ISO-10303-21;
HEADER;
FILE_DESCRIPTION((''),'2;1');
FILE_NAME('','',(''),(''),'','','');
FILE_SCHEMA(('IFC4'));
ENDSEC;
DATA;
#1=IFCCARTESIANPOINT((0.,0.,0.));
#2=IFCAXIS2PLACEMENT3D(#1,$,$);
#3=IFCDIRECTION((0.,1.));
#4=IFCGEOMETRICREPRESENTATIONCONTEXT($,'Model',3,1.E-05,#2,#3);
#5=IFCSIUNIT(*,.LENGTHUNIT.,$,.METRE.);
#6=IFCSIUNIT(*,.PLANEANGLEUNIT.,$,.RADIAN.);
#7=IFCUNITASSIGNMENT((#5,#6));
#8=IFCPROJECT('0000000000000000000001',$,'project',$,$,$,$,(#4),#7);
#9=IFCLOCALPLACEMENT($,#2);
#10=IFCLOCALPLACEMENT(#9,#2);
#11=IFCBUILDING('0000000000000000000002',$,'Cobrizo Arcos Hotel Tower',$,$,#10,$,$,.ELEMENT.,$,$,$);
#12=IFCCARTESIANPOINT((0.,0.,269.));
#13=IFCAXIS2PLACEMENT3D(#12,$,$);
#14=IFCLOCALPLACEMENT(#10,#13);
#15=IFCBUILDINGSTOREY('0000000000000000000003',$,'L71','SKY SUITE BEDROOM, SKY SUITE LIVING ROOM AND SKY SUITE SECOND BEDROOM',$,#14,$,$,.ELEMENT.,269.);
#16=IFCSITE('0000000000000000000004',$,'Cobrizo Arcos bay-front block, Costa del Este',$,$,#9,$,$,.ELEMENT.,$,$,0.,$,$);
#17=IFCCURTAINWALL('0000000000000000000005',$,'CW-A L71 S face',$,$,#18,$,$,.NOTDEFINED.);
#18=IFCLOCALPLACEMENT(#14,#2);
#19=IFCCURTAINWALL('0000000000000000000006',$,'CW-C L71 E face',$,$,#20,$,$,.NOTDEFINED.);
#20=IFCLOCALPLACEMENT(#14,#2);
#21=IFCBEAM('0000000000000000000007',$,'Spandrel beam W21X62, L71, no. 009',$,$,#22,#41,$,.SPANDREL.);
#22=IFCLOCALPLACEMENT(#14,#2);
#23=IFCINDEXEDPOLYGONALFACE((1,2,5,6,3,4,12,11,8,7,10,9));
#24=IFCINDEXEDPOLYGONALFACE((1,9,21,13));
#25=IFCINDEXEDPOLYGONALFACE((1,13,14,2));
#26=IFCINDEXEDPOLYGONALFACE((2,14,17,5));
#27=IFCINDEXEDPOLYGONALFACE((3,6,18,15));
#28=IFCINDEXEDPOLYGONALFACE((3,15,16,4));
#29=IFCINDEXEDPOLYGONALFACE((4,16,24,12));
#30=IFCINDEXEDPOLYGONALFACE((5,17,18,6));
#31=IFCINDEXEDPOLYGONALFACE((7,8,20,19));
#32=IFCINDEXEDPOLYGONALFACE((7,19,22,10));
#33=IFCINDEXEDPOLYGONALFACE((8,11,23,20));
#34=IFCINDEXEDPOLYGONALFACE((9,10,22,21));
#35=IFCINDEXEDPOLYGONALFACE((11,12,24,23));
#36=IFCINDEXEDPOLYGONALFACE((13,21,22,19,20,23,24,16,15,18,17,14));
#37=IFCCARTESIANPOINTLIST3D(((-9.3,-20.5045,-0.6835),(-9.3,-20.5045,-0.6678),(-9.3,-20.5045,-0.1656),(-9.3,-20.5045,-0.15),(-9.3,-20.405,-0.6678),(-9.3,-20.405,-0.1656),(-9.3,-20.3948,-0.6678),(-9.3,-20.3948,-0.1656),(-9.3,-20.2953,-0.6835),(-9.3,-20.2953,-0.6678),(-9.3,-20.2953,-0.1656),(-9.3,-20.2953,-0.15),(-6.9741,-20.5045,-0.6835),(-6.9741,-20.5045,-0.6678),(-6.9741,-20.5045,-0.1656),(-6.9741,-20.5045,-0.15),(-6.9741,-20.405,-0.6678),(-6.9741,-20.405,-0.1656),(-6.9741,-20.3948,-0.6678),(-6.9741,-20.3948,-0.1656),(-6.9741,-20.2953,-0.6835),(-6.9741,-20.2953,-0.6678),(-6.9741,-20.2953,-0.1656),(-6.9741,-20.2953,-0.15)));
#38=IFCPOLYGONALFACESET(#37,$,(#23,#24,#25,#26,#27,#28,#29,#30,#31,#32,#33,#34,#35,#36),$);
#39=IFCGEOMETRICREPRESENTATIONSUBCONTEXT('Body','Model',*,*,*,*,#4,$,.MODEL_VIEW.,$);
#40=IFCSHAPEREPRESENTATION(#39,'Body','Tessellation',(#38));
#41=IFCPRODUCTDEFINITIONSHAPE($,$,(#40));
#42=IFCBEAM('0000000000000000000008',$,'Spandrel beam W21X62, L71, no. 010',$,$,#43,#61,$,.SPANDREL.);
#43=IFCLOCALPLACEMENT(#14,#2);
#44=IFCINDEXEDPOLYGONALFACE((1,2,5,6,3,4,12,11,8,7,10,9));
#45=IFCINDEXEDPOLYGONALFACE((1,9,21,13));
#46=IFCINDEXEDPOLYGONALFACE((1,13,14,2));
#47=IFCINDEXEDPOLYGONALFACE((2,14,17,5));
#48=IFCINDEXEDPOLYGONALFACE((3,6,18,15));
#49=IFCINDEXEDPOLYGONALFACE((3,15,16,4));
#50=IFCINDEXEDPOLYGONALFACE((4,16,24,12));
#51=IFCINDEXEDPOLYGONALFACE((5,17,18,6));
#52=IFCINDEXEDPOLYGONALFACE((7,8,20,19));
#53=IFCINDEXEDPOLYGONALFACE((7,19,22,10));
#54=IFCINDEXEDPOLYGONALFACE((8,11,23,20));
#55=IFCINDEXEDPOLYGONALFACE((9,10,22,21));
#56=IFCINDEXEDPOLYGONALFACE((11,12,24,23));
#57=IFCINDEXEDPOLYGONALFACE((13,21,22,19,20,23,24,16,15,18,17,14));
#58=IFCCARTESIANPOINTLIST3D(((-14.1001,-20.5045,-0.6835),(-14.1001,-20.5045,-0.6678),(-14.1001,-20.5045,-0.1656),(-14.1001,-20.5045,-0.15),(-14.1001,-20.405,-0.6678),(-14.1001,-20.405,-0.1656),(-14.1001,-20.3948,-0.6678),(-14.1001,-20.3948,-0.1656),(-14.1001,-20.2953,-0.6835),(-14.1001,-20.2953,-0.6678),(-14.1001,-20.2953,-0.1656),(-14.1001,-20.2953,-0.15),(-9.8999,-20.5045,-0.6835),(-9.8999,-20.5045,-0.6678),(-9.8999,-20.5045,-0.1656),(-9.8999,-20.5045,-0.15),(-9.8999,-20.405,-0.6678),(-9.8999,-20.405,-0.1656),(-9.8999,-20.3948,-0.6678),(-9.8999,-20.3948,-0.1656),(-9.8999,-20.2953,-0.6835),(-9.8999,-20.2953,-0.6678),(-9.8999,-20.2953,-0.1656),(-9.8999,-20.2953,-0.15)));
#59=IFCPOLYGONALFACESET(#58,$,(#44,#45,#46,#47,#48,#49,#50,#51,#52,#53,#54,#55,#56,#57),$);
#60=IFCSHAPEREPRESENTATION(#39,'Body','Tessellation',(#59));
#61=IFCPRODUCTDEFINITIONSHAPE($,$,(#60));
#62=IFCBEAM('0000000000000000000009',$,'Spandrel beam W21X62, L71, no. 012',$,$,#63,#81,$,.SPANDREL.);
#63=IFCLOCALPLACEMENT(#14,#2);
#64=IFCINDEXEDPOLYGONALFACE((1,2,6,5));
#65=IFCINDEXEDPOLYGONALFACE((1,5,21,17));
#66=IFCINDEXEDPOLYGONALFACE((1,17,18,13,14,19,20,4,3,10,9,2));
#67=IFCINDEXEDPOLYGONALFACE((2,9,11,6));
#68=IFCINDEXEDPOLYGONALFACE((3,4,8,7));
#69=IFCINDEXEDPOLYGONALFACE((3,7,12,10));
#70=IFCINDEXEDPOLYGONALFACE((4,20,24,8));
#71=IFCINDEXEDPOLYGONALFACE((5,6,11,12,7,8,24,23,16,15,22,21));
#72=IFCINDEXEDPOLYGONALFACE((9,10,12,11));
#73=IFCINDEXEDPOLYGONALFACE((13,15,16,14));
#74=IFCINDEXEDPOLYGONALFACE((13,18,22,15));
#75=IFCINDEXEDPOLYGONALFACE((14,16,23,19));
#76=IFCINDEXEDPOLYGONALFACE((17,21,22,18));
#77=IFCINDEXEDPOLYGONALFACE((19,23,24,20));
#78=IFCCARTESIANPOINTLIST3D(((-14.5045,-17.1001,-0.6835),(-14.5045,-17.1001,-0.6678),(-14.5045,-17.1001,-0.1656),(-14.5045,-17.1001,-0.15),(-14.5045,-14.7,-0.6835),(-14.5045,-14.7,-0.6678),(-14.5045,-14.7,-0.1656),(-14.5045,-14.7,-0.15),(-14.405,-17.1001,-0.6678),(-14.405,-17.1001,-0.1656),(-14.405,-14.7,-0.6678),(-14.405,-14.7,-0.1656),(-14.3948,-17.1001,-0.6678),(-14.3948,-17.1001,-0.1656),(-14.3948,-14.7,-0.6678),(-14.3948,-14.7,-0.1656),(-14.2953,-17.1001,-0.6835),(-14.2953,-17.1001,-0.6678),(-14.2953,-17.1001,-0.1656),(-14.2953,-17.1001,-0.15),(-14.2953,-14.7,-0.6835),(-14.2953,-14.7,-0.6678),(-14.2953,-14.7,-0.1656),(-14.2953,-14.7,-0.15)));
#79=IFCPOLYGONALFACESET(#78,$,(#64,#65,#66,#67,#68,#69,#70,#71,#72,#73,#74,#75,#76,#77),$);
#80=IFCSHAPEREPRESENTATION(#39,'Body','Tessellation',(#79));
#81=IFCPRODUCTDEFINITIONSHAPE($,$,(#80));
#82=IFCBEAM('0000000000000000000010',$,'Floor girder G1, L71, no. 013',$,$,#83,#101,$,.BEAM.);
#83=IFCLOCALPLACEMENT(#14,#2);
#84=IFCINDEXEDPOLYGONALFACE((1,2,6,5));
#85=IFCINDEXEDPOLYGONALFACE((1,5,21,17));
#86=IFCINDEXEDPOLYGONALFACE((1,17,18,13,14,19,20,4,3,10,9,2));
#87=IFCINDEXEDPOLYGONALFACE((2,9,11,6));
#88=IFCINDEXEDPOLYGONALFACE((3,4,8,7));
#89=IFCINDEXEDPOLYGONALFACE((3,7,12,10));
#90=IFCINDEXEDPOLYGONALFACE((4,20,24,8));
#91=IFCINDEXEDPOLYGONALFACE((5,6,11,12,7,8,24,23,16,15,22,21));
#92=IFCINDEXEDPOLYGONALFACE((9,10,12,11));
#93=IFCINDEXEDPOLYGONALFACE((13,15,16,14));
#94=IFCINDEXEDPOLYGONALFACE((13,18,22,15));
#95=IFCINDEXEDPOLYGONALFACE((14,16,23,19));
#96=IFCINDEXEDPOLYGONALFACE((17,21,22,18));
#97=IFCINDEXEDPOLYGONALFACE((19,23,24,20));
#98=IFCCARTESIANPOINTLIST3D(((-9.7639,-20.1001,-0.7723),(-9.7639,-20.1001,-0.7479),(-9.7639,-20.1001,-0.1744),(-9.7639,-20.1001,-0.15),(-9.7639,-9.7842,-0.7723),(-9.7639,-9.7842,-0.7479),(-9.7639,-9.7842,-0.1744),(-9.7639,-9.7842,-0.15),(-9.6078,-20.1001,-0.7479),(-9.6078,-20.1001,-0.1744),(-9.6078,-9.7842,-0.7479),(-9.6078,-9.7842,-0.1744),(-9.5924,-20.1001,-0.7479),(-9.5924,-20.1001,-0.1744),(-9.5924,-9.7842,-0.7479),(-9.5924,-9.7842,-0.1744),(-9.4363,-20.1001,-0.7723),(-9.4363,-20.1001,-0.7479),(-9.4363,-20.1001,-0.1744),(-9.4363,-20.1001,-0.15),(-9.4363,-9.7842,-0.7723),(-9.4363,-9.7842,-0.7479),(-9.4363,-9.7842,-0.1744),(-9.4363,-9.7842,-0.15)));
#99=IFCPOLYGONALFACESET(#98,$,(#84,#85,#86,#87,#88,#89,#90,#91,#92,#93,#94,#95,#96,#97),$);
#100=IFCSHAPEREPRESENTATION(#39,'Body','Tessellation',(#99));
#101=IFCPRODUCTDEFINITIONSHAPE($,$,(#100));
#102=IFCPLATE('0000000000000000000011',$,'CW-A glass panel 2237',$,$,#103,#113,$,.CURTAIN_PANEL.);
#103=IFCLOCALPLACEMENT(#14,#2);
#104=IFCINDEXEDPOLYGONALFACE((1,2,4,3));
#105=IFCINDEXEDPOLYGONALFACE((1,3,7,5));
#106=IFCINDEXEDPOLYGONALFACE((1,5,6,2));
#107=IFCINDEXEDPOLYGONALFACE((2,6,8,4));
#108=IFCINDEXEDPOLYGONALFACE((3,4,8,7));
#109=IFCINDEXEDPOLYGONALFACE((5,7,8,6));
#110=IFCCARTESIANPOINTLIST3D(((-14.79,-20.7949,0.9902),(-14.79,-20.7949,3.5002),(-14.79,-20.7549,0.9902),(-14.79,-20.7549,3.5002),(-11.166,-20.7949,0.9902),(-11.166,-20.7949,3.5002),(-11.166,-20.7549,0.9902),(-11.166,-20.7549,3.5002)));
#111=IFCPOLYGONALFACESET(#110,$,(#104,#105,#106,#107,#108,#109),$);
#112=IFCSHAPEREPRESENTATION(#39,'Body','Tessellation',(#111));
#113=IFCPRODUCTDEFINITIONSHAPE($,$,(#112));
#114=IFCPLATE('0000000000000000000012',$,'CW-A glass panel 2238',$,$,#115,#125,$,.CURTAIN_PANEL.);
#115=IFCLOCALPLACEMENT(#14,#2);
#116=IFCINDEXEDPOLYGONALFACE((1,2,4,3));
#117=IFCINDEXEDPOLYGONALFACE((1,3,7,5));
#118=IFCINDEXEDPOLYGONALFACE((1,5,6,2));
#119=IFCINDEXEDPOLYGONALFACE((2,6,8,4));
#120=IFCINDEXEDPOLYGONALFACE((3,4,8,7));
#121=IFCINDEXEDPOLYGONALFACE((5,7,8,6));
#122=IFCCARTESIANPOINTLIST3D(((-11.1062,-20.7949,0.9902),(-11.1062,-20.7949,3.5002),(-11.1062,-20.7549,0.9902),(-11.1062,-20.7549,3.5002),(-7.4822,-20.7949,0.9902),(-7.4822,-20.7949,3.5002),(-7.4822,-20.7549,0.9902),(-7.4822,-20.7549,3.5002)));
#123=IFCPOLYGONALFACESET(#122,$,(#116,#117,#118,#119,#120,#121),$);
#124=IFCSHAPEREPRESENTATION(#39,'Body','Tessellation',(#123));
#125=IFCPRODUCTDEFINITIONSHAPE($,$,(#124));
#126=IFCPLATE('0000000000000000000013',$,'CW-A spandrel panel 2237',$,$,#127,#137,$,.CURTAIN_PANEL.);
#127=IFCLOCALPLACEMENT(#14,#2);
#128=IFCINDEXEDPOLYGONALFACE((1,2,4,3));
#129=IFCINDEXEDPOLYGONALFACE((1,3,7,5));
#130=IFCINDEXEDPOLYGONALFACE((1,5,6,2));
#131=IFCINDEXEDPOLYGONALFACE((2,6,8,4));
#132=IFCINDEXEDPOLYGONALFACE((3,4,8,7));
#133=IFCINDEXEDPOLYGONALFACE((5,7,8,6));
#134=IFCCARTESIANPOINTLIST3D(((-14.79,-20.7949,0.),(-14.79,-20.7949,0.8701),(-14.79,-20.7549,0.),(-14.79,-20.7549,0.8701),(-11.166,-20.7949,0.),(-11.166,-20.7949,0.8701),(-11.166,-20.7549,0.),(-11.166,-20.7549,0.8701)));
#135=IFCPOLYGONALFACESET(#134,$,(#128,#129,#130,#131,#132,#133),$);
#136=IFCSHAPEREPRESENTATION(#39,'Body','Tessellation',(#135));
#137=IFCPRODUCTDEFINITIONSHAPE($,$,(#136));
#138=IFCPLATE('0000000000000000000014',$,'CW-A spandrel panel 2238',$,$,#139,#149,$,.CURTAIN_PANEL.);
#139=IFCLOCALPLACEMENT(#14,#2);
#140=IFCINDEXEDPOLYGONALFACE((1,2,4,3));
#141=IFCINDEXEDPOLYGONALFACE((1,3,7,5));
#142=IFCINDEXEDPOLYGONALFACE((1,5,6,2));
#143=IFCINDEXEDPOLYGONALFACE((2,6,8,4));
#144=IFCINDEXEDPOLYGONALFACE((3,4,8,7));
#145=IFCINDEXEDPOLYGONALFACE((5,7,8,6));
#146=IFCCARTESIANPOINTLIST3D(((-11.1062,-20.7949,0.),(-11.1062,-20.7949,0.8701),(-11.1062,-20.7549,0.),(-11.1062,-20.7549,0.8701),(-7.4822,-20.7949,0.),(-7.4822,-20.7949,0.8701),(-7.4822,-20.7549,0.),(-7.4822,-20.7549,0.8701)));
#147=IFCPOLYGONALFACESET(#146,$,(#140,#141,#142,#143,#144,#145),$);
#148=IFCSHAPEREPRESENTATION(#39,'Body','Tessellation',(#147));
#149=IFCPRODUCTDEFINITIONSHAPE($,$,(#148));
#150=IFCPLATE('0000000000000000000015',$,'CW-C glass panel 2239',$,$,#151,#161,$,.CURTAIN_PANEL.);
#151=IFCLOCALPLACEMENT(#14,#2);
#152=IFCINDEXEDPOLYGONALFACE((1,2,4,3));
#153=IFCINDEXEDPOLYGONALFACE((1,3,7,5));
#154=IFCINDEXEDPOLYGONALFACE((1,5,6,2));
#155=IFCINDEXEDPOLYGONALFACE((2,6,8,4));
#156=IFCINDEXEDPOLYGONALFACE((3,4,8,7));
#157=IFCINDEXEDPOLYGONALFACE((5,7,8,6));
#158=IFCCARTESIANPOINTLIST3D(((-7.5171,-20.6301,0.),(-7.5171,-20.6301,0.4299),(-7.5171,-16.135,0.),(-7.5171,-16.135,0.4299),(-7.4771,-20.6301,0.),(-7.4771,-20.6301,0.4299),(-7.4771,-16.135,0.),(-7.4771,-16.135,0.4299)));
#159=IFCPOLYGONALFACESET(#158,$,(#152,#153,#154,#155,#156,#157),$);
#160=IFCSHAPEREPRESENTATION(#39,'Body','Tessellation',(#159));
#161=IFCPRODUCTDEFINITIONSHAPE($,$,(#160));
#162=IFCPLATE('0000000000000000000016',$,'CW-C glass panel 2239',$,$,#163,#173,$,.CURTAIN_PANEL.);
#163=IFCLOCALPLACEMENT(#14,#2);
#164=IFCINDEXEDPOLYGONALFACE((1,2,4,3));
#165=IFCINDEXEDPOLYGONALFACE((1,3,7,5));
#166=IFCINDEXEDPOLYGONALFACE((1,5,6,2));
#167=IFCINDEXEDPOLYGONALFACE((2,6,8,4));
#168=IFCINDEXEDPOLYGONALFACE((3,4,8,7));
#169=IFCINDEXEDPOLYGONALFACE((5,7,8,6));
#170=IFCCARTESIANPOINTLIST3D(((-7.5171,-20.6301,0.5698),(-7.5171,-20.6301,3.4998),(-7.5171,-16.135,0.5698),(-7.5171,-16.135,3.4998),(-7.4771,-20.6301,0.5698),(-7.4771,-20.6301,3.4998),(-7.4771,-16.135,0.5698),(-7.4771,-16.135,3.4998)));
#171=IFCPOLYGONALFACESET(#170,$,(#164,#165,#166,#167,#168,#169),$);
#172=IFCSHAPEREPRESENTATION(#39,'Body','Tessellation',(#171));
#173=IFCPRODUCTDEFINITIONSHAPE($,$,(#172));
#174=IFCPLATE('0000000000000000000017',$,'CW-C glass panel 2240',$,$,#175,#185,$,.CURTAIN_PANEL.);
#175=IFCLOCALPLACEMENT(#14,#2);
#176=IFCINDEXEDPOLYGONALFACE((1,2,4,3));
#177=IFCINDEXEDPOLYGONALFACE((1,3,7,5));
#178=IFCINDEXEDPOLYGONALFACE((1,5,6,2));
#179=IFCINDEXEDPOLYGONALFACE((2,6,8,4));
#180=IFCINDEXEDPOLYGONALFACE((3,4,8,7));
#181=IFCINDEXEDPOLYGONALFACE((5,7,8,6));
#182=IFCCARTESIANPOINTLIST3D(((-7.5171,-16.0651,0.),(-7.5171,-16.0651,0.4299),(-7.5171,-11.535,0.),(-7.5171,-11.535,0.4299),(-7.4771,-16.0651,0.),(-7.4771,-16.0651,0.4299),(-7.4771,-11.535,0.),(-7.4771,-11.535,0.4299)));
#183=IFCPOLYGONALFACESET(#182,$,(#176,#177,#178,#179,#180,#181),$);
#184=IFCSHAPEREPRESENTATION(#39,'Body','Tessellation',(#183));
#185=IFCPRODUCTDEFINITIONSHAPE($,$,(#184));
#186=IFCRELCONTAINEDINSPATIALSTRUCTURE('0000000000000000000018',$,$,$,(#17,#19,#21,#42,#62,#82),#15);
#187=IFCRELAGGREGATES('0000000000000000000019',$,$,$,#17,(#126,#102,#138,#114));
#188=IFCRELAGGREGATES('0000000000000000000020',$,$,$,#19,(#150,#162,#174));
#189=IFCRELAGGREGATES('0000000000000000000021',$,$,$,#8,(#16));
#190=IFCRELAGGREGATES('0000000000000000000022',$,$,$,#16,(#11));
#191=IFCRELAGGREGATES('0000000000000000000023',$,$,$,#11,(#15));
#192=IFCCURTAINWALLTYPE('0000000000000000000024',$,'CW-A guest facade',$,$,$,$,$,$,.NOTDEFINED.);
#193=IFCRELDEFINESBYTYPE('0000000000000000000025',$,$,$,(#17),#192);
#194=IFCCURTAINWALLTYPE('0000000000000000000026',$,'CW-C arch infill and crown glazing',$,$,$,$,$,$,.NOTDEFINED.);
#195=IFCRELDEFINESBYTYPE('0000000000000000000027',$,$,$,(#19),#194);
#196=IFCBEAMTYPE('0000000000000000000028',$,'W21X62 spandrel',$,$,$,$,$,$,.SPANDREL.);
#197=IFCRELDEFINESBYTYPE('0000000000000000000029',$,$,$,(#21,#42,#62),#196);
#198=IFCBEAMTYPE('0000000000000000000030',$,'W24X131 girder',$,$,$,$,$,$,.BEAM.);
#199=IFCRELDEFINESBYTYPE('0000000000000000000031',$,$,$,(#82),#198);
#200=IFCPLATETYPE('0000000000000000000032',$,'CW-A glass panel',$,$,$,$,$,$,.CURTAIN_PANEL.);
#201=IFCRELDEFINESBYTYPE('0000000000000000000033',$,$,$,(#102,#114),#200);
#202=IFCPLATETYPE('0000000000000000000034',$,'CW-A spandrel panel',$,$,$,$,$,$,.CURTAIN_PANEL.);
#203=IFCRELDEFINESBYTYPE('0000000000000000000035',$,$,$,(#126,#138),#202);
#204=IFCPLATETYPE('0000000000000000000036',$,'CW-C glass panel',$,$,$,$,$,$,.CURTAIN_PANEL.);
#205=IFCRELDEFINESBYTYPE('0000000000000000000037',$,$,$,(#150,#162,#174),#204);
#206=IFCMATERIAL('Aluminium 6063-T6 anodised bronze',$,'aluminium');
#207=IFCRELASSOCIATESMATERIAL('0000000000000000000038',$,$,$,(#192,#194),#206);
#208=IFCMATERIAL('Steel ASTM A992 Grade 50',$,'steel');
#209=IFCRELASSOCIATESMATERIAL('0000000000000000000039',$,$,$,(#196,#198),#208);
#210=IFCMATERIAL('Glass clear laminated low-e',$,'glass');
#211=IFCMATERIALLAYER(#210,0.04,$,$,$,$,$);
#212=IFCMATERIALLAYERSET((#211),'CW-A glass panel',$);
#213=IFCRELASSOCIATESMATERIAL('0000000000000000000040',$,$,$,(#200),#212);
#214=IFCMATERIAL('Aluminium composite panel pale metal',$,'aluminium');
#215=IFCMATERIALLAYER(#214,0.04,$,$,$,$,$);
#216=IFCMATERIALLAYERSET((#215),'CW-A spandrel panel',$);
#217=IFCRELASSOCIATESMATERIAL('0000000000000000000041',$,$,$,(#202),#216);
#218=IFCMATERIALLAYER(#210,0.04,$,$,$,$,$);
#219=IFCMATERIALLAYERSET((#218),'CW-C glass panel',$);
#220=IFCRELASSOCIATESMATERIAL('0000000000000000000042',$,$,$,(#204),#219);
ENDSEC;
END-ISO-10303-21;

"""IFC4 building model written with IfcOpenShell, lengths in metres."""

from ifc_helpers import new_model, si_unit, direction, frame, origin, origin_2d, place, context, subcontext, project, spatial, rectangle, i_section, extrude, material, layer, layer_set, material_profile, profile_set, type_object, element, aggregate, save


model = new_model("IFC4")

# Units and contexts
model_context = context("Model", 3, precision=1e-05, world=origin(), true_north=direction((0.0, 1.0)))
body_context = subcontext(model_context, "Body", "Model", "MODEL_VIEW")
ifc_project = project(units=[si_unit("LENGTHUNIT", "METRE"), si_unit("PLANEANGLEUNIT", "RADIAN")], contexts=[model_context])

# Site, building, storey
site_placement = place(None, origin())
site = spatial("IfcSite", under=ifc_project, at=site_placement, Name="Cobrizo Arcos bay-front block, Costa del Este", CompositionType="ELEMENT", RefElevation=0.0)
building_placement = place(site_placement, origin())
building = spatial("IfcBuilding", under=site, at=building_placement, Name="Cobrizo Arcos Hotel Tower", CompositionType="ELEMENT")
storey_placement = place(building_placement, frame((0.0, 0.0, 269.0)))
storey = spatial("IfcBuildingStorey", under=building, at=storey_placement, Name="L71", Description="SKY SUITE BEDROOM, SKY SUITE LIVING ROOM AND SKY SUITE SECOND BEDROOM", CompositionType="ELEMENT", Elevation=269.0)

# Curtain walls
ifc_material_1 = material(Name="Aluminium 6063-T6 anodised bronze", Category="aluminium")
curtain_wall_type_1 = type_object("IfcCurtainWallType", Name="CW-A guest facade", PredefinedType="NOTDEFINED", material=ifc_material_1)
curtain_wall_1_placement = place(storey_placement, origin())
curtain_wall_1 = element("IfcCurtainWall", 1, at=curtain_wall_1_placement, inside=storey, type_object=curtain_wall_type_1, Name="CW-A L71 S face", PredefinedType="NOTDEFINED")
curtain_wall_type_2 = type_object("IfcCurtainWallType", Name="CW-C arch infill and crown glazing", PredefinedType="NOTDEFINED", material=ifc_material_1)
curtain_wall_2_placement = place(storey_placement, origin())
curtain_wall_2 = element("IfcCurtainWall", 2, at=curtain_wall_2_placement, inside=storey, type_object=curtain_wall_type_2, Name="CW-C L71 E face", PredefinedType="NOTDEFINED")

# Beams
ifc_material_2 = material(Name="Steel ASTM A992 Grade 50", Category="steel")
ifc_material_profile_1 = material_profile(ifc_material_2, i_section(OverallWidth=0.2092, OverallDepth=0.5334, WebThickness=0.0103, FlangeThickness=0.0156, at=origin_2d()), Name="W21X62")
ifc_profile_set_1 = profile_set([ifc_material_profile_1], Name="Steel ASTM A992 Grade 50")
beam_type_1 = type_object("IfcBeamType", Name="W21X62 spandrel", PredefinedType="SPANDREL", material=ifc_profile_set_1)
beam_1_placement = place(storey_placement, frame((-6.9741, -20.3999, -0.4167), z_axis=(-1.0, 0.0, 0.0), x_axis=(0.0, -1.0, 0.0)))
element("IfcBeam", 3, at=beam_1_placement, inside=storey, type_object=beam_type_1, Name="Spandrel beam W21X62, L71, no. 009", PredefinedType="SPANDREL", context=body_context, shape_type="SweptSolid", body=[
    extrude(i_section(OverallWidth=0.2092, OverallDepth=0.5334, WebThickness=0.0103, FlangeThickness=0.0156, at=origin_2d()), origin(), (0.0, 0.0, 1.0), 2.3259),
])
beam_2_placement = place(storey_placement, frame((-9.8999, -20.3999, -0.4167), z_axis=(-1.0, 0.0, 0.0), x_axis=(0.0, -1.0, 0.0)))
element("IfcBeam", 4, at=beam_2_placement, inside=storey, type_object=beam_type_1, Name="Spandrel beam W21X62, L71, no. 010", PredefinedType="SPANDREL", context=body_context, shape_type="SweptSolid", body=[
    extrude(i_section(OverallWidth=0.2092, OverallDepth=0.5334, WebThickness=0.0103, FlangeThickness=0.0156, at=origin_2d()), origin(), (0.0, 0.0, 1.0), 4.2002),
])
beam_3_placement = place(storey_placement, frame((-14.3999, -17.1001, -0.4167), z_axis=(0.0, 1.0, 0.0), x_axis=(-1.0, 0.0, 0.0)))
element("IfcBeam", 5, at=beam_3_placement, inside=storey, type_object=beam_type_1, Name="Spandrel beam W21X62, L71, no. 012", PredefinedType="SPANDREL", context=body_context, shape_type="SweptSolid", body=[
    extrude(i_section(OverallWidth=0.2092, OverallDepth=0.5334, WebThickness=0.0103, FlangeThickness=0.0156, at=origin_2d()), origin(), (0.0, 0.0, 1.0), 2.4001),
])
ifc_material_profile_2 = material_profile(ifc_material_2, i_section(OverallWidth=0.3276, OverallDepth=0.6223, WebThickness=0.0154, FlangeThickness=0.0244, at=origin_2d()), Name="W24X131")
ifc_profile_set_2 = profile_set([ifc_material_profile_2], Name="Steel ASTM A992 Grade 50")
beam_type_2 = type_object("IfcBeamType", Name="W24X131 girder", PredefinedType="BEAM", material=ifc_profile_set_2)
beam_4_placement = place(storey_placement, frame((-9.6001, -20.1001, -0.4612), z_axis=(0.0, 1.0, 0.0), x_axis=(-1.0, 0.0, 0.0)))
element("IfcBeam", 6, at=beam_4_placement, inside=storey, type_object=beam_type_2, Name="Floor girder G1, L71, no. 013", PredefinedType="BEAM", context=body_context, shape_type="SweptSolid", body=[
    extrude(i_section(OverallWidth=0.3276, OverallDepth=0.6223, WebThickness=0.0154, FlangeThickness=0.0244, at=origin_2d()), origin(), (0.0, 0.0, 1.0), 10.3159),
])

# Plates
ifc_material_3 = material(Name="Glass clear laminated low-e", Category="glass")
ifc_layer_1 = layer(ifc_material_3, 0.04)
ifc_layer_set_1 = layer_set([ifc_layer_1], Name="CW-A glass panel")
plate_type_1 = type_object("IfcPlateType", Name="CW-A glass panel", PredefinedType="CURTAIN_PANEL", material=ifc_layer_set_1)
plate_1_placement = place(storey_placement, frame((-12.978, -20.7749, 0.9902), z_axis=(0.0, 0.0, 1.0), x_axis=(1.0, 0.0, 0.0)))
plate_1 = element("IfcPlate", 7, at=plate_1_placement, type_object=plate_type_1, Name="CW-A glass panel 2237", PredefinedType="CURTAIN_PANEL", context=body_context, shape_type="SweptSolid", body=[
    extrude(rectangle(XDim=3.624, YDim=0.04, at=origin_2d()), origin(), (0.0, 0.0, 1.0), 2.51),
])
plate_2_placement = place(storey_placement, frame((-9.2942, -20.7749, 0.9902), z_axis=(0.0, 0.0, 1.0), x_axis=(1.0, 0.0, 0.0)))
plate_2 = element("IfcPlate", 8, at=plate_2_placement, type_object=plate_type_1, Name="CW-A glass panel 2238", PredefinedType="CURTAIN_PANEL", context=body_context, shape_type="SweptSolid", body=[
    extrude(rectangle(XDim=3.624, YDim=0.04, at=origin_2d()), origin(), (0.0, 0.0, 1.0), 2.51),
])
ifc_material_4 = material(Name="Aluminium composite panel pale metal", Category="aluminium")
ifc_layer_2 = layer(ifc_material_4, 0.04)
ifc_layer_set_2 = layer_set([ifc_layer_2], Name="CW-A spandrel panel")
plate_type_2 = type_object("IfcPlateType", Name="CW-A spandrel panel", PredefinedType="CURTAIN_PANEL", material=ifc_layer_set_2)
plate_3_placement = place(storey_placement, frame((-12.978, -20.7749, 0.0), z_axis=(0.0, 0.0, 1.0), x_axis=(1.0, 0.0, 0.0)))
plate_3 = element("IfcPlate", 9, at=plate_3_placement, type_object=plate_type_2, Name="CW-A spandrel panel 2237", PredefinedType="CURTAIN_PANEL", context=body_context, shape_type="SweptSolid", body=[
    extrude(rectangle(XDim=3.624, YDim=0.04, at=origin_2d()), origin(), (0.0, 0.0, 1.0), 0.8701),
])
plate_4_placement = place(storey_placement, frame((-9.2942, -20.7749, 0.0), z_axis=(0.0, 0.0, 1.0), x_axis=(1.0, 0.0, 0.0)))
plate_4 = element("IfcPlate", 10, at=plate_4_placement, type_object=plate_type_2, Name="CW-A spandrel panel 2238", PredefinedType="CURTAIN_PANEL", context=body_context, shape_type="SweptSolid", body=[
    extrude(rectangle(XDim=3.624, YDim=0.04, at=origin_2d()), origin(), (0.0, 0.0, 1.0), 0.8701),
])
aggregate(curtain_wall_1, [plate_3, plate_1, plate_4, plate_2])
ifc_layer_3 = layer(ifc_material_3, 0.04)
ifc_layer_set_3 = layer_set([ifc_layer_3], Name="CW-C glass panel")
plate_type_3 = type_object("IfcPlateType", Name="CW-C glass panel", PredefinedType="CURTAIN_PANEL", material=ifc_layer_set_3)
plate_5_placement = place(storey_placement, frame((-7.4971, -18.3826, 0.0), z_axis=(0.0, 0.0, 1.0), x_axis=(0.0, 1.0, 0.0)))
plate_5 = element("IfcPlate", 11, at=plate_5_placement, type_object=plate_type_3, Name="CW-C glass panel 2239", PredefinedType="CURTAIN_PANEL", context=body_context, shape_type="SweptSolid", body=[
    extrude(rectangle(XDim=4.4951, YDim=0.04, at=origin_2d()), origin(), (0.0, 0.0, 1.0), 0.4299),
])
plate_6_placement = place(storey_placement, frame((-7.4971, -18.3826, 0.5698), z_axis=(0.0, 0.0, 1.0), x_axis=(0.0, 1.0, 0.0)))
plate_6 = element("IfcPlate", 12, at=plate_6_placement, type_object=plate_type_3, Name="CW-C glass panel 2239", PredefinedType="CURTAIN_PANEL", context=body_context, shape_type="SweptSolid", body=[
    extrude(rectangle(XDim=4.4951, YDim=0.04, at=origin_2d()), origin(), (0.0, 0.0, 1.0), 2.9299),
])
plate_7_placement = place(storey_placement, frame((-7.4971, -13.8, 0.0), z_axis=(0.0, 0.0, 1.0), x_axis=(0.0, 1.0, 0.0)))
plate_7 = element("IfcPlate", 13, at=plate_7_placement, type_object=plate_type_3, Name="CW-C glass panel 2240", PredefinedType="CURTAIN_PANEL", context=body_context, shape_type="SweptSolid", body=[
    extrude(rectangle(XDim=4.53, YDim=0.04, at=origin_2d()), origin(), (0.0, 0.0, 1.0), 0.4299),
])
aggregate(curtain_wall_2, [plate_5, plate_6, plate_7])

save(model, "model.ifc")
